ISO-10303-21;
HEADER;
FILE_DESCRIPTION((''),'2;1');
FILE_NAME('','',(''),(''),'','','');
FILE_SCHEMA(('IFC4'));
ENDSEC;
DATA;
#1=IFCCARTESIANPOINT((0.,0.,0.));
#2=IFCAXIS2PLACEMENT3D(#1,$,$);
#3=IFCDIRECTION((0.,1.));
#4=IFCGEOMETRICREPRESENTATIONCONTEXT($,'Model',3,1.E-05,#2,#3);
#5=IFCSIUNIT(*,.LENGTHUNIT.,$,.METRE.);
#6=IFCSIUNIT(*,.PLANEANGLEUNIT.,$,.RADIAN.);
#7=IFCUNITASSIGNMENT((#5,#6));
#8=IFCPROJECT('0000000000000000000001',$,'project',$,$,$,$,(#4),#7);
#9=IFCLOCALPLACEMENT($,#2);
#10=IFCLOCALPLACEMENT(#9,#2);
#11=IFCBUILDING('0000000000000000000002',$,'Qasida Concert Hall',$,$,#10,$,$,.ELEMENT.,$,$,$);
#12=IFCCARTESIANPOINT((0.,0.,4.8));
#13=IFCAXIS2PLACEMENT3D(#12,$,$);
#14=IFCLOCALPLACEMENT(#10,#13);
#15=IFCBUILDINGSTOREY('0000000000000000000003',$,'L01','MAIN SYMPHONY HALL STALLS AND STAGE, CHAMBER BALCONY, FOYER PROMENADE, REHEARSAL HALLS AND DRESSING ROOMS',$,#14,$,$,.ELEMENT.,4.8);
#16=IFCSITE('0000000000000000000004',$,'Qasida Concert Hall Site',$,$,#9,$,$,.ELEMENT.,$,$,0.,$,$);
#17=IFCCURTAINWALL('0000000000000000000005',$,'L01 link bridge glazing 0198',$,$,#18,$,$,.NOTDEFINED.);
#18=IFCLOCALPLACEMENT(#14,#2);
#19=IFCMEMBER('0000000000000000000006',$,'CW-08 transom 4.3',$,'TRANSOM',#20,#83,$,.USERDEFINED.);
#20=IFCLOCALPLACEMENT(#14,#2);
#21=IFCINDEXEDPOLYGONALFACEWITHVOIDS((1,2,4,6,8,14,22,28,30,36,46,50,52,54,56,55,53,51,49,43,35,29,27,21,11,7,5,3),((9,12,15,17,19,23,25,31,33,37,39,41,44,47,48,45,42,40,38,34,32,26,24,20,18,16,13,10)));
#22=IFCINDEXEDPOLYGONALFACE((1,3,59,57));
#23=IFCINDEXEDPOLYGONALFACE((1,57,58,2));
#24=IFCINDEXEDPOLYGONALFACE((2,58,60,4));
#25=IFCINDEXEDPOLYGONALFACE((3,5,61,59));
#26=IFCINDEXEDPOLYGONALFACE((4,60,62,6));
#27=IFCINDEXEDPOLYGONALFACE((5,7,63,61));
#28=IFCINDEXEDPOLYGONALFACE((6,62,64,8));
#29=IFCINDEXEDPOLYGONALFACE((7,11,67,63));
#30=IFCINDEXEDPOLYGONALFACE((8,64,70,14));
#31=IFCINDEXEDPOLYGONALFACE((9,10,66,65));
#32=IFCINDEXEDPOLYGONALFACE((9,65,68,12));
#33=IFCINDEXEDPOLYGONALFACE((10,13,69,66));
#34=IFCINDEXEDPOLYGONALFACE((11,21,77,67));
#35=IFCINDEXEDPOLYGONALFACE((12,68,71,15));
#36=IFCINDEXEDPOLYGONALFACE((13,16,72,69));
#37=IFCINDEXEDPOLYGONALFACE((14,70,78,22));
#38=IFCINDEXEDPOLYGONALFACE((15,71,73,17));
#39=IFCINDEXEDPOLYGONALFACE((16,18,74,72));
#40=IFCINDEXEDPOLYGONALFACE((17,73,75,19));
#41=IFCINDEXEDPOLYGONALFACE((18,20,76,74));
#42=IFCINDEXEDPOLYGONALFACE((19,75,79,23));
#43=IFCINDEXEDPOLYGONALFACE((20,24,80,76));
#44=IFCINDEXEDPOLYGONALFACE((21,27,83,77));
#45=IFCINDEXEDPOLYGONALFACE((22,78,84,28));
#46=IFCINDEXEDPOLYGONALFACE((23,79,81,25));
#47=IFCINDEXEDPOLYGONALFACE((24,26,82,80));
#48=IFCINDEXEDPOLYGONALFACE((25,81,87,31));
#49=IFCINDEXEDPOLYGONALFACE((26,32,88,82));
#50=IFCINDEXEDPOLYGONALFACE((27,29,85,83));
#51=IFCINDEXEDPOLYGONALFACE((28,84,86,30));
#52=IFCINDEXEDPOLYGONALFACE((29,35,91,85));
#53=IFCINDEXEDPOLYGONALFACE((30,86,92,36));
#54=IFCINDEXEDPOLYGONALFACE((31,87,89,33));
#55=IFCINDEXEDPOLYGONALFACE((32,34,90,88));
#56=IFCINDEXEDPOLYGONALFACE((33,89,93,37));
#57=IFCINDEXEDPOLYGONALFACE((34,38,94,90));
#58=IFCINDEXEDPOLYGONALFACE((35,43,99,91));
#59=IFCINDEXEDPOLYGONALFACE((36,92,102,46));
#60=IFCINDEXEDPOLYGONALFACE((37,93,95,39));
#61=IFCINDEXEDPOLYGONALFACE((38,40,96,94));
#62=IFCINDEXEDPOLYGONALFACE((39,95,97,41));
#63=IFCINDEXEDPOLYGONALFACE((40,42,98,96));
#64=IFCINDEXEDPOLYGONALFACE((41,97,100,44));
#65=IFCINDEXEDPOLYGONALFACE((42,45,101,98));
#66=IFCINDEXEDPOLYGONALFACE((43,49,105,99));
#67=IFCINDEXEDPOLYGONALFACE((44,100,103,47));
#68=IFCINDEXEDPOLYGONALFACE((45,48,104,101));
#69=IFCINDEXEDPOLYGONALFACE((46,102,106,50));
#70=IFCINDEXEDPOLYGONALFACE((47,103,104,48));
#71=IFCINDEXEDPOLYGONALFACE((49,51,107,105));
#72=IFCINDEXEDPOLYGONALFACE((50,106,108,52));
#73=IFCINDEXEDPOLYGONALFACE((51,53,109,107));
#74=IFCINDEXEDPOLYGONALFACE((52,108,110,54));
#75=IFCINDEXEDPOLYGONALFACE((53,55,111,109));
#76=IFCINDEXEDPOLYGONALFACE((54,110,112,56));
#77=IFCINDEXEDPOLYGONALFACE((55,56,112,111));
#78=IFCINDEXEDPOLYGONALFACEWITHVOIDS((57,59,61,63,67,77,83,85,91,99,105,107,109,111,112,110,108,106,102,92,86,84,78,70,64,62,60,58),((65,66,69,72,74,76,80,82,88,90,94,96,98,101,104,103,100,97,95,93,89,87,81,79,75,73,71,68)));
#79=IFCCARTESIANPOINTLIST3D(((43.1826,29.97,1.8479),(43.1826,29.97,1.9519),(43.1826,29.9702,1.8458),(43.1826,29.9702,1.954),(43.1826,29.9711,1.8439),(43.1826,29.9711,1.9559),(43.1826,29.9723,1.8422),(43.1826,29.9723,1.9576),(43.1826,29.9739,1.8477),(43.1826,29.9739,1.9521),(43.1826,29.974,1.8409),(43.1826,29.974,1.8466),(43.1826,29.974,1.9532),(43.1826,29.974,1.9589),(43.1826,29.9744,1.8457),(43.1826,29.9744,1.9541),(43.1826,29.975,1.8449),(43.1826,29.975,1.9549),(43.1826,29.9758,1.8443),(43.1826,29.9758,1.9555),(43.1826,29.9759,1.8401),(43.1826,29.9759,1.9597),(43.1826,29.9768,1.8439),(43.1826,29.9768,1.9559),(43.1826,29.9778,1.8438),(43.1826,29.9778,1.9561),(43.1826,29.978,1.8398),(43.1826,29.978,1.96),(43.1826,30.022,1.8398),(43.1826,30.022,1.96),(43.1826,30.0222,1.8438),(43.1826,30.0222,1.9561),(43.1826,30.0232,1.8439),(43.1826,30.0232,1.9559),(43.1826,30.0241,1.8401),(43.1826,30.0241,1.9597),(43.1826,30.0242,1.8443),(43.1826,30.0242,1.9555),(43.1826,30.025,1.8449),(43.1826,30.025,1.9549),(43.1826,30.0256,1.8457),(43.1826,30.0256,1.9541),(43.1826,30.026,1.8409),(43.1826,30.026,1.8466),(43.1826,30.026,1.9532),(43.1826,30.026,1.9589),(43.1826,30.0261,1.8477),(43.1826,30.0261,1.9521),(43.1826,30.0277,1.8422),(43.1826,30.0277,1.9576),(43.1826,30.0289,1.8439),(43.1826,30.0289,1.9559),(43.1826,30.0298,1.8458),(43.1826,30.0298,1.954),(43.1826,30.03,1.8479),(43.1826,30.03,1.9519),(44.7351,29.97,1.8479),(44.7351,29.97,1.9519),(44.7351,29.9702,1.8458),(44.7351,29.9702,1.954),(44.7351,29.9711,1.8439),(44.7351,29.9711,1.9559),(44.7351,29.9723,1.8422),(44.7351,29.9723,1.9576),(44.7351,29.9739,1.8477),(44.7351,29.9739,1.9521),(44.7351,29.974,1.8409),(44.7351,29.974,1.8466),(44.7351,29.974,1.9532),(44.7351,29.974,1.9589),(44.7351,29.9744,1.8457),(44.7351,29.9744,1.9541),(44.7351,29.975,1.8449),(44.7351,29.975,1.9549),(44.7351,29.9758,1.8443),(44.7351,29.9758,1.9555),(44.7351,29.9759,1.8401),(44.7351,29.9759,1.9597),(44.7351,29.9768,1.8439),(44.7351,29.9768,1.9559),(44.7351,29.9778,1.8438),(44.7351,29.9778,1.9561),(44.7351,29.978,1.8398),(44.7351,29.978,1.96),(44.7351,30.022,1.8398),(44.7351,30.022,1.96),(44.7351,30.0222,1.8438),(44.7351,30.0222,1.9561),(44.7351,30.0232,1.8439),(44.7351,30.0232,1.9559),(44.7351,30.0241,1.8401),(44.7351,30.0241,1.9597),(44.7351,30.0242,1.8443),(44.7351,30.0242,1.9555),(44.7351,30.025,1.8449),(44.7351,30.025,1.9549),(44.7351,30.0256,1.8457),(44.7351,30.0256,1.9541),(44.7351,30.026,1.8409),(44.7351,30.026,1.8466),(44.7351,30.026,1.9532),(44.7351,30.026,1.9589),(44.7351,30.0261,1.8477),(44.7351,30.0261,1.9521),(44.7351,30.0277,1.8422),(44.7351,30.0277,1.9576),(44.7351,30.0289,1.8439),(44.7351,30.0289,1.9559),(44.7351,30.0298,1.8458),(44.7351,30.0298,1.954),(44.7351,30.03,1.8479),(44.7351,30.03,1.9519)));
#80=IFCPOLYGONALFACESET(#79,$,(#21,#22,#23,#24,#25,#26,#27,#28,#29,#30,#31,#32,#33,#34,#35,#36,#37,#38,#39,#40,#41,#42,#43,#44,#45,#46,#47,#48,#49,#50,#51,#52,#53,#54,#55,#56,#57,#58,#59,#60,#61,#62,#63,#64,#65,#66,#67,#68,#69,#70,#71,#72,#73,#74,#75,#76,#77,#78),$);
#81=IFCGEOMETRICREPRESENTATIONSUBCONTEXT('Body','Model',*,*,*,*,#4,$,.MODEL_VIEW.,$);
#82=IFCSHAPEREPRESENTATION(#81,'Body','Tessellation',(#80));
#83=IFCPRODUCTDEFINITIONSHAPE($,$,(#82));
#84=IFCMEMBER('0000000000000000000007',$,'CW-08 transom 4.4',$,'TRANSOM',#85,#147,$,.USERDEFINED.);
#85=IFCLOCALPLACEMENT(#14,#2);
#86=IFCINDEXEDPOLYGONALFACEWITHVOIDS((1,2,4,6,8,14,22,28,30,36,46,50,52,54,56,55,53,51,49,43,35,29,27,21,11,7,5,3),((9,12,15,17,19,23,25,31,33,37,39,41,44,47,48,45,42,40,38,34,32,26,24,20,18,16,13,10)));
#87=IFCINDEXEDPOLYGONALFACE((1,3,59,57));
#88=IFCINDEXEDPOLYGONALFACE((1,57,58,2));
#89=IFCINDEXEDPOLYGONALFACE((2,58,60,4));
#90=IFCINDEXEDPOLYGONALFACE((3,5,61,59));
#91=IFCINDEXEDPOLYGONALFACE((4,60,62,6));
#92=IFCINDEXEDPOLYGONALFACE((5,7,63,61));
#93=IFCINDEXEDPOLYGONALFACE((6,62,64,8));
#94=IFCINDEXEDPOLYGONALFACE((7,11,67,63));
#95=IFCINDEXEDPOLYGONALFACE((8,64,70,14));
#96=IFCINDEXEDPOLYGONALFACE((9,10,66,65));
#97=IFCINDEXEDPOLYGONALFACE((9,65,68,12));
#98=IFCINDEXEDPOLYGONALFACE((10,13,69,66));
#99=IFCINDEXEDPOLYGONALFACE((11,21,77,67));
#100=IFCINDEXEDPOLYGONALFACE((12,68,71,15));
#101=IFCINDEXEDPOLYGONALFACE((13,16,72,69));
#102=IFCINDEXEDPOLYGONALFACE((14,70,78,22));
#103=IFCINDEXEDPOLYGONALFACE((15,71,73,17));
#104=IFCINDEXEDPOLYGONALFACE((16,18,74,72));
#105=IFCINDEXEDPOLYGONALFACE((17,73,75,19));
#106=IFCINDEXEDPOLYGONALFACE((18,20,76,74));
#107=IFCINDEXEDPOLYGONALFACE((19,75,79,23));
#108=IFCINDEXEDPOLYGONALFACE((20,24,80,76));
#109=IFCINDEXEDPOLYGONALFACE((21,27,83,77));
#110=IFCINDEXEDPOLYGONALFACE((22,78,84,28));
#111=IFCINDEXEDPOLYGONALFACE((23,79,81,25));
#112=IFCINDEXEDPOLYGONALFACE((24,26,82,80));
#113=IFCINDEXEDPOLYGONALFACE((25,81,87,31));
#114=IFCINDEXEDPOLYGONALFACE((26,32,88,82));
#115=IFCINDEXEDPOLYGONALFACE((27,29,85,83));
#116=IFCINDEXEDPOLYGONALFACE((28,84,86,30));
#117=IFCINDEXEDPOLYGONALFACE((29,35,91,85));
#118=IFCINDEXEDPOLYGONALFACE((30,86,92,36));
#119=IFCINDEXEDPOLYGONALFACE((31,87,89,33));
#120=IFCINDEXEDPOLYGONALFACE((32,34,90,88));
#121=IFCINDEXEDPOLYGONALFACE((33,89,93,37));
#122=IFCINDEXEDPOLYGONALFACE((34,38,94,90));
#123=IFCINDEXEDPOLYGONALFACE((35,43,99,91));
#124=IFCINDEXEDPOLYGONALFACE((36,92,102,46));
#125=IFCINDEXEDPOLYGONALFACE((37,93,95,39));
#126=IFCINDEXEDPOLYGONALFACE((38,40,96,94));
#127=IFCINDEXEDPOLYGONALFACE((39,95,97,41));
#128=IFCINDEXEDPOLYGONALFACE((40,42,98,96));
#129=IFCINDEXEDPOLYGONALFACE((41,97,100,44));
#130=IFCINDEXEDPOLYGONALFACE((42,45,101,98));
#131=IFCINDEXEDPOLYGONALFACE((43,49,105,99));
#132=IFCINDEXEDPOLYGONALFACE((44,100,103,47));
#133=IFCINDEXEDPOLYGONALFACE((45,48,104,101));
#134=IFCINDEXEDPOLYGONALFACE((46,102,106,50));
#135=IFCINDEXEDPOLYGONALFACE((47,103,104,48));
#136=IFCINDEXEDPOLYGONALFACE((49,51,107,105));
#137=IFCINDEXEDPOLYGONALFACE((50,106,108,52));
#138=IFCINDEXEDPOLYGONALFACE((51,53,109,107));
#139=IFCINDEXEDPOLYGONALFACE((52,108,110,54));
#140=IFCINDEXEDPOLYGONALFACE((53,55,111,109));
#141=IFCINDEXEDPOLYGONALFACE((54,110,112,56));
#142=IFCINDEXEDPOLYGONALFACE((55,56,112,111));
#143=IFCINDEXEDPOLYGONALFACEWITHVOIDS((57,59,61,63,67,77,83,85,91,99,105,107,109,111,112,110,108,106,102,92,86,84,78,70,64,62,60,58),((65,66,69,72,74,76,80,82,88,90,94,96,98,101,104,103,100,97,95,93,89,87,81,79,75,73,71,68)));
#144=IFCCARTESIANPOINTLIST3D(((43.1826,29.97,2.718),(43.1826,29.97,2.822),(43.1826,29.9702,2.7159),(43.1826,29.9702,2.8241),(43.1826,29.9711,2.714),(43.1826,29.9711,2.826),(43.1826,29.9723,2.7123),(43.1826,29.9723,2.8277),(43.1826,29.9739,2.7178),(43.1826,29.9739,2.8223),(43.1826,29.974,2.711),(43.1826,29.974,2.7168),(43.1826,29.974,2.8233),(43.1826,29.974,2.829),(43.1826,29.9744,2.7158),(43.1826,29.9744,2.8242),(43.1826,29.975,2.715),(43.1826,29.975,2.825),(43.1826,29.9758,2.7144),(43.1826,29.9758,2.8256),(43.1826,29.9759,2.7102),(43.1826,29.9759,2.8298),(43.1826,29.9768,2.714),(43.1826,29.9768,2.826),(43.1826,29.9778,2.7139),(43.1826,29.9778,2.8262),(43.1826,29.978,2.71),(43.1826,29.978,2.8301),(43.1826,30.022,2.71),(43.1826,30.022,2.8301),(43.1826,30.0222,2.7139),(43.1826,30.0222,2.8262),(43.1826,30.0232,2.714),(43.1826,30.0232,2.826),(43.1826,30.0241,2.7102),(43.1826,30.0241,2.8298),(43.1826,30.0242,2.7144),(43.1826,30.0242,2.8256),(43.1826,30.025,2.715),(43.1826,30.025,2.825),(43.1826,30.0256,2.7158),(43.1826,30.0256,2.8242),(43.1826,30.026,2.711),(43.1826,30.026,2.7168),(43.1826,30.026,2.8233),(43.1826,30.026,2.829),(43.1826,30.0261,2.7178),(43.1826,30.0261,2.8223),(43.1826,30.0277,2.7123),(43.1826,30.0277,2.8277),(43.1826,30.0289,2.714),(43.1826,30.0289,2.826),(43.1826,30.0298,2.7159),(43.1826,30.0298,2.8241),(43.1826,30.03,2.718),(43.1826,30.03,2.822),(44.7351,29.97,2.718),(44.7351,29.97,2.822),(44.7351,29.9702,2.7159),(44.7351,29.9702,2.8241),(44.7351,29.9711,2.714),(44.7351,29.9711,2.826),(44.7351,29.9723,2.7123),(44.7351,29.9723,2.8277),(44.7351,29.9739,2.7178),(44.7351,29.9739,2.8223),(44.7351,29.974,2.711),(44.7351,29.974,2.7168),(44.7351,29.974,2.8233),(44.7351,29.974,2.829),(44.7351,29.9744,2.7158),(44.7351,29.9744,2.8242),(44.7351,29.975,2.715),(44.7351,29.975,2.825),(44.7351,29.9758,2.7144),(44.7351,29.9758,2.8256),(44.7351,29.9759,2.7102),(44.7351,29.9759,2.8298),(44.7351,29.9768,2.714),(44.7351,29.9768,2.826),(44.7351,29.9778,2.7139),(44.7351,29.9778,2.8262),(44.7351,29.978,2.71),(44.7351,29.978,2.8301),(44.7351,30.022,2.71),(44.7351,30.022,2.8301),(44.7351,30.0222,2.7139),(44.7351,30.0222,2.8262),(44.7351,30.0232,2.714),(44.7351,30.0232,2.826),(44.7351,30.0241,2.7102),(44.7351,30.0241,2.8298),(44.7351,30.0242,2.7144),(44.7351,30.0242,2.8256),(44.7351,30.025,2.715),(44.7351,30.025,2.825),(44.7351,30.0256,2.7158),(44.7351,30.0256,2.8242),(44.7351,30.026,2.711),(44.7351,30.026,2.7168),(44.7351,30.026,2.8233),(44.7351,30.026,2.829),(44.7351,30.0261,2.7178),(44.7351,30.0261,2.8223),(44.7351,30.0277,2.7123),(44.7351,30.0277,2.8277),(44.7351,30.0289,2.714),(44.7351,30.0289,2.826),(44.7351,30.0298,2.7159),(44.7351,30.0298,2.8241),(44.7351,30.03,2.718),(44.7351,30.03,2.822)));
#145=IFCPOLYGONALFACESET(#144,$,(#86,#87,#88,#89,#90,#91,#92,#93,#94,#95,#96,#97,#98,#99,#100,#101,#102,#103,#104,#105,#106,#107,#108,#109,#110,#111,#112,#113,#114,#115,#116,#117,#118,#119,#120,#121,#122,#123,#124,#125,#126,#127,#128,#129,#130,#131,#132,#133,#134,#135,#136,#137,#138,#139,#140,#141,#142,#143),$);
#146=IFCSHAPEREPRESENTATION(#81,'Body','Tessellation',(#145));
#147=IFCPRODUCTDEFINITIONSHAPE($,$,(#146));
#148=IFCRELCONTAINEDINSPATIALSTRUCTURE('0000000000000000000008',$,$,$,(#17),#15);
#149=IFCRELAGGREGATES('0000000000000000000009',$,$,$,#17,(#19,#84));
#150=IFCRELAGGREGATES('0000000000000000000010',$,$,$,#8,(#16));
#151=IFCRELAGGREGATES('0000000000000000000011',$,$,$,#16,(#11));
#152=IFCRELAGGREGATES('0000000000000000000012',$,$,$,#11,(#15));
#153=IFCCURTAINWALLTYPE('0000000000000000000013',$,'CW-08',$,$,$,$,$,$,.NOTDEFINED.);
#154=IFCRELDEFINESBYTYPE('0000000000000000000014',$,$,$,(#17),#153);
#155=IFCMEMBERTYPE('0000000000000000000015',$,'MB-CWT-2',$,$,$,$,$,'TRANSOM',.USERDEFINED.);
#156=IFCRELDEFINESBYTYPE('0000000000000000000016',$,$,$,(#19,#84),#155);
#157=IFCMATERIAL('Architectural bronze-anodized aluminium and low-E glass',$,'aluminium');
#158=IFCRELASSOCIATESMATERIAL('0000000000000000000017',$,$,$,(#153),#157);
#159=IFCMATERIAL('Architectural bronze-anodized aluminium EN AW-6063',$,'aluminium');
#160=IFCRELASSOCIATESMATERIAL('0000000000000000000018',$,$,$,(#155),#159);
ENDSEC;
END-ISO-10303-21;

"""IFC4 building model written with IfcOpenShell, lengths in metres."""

from ifc_helpers import new_model, si_unit, direction, frame, origin, origin_2d, place, context, subcontext, project, spatial, hollow_rectangle, extrude, material, material_profile, profile_set, type_object, element, aggregate, save


model = new_model("IFC4")

# Units and contexts
model_context = context("Model", 3, precision=1e-05, world=origin(), true_north=direction((0.0, 1.0)))
body_context = subcontext(model_context, "Body", "Model", "MODEL_VIEW")
ifc_project = project(units=[si_unit("LENGTHUNIT", "METRE"), si_unit("PLANEANGLEUNIT", "RADIAN")], contexts=[model_context])

# Site, building, storey
site_placement = place(None, origin())
site = spatial("IfcSite", under=ifc_project, at=site_placement, Name="Qasida Concert Hall Site", CompositionType="ELEMENT", RefElevation=0.0)
building_placement = place(site_placement, origin())
building = spatial("IfcBuilding", under=site, at=building_placement, Name="Qasida Concert Hall", CompositionType="ELEMENT")
storey_placement = place(building_placement, frame((0.0, 0.0, 4.8)))
storey = spatial("IfcBuildingStorey", under=building, at=storey_placement, Name="L01", Description="MAIN SYMPHONY HALL STALLS AND STAGE, CHAMBER BALCONY, FOYER PROMENADE, REHEARSAL HALLS AND DRESSING ROOMS", CompositionType="ELEMENT", Elevation=4.8)

# Curtain wall
ifc_material_1 = material(Name="Architectural bronze-anodized aluminium and low-E glass", Category="aluminium")
curtain_wall_type = type_object("IfcCurtainWallType", Name="CW-08", PredefinedType="NOTDEFINED", material=ifc_material_1)
curtain_wall_1_placement = place(storey_placement, origin())
curtain_wall_1 = element("IfcCurtainWall", 1, at=curtain_wall_1_placement, inside=storey, type_object=curtain_wall_type, Name="L01 link bridge glazing 0198", PredefinedType="NOTDEFINED")
ifc_material_2 = material(Name="Architectural bronze-anodized aluminium EN AW-6063", Category="aluminium")

# Members
ifc_material_profile_1 = material_profile(ifc_material_2, hollow_rectangle(XDim=0.0601, YDim=0.1201, WallThickness=0.0039, InnerFilletRadius=0.0039, OuterFilletRadius=0.0081, at=origin_2d()), Name="CWT 120x60x4")
ifc_profile_set_1 = profile_set([ifc_material_profile_1], Name="Architectural bronze-anodized aluminium EN AW-6063")
member_type_1 = type_object("IfcMemberType", Name="MB-CWT-2", ElementType="TRANSOM", PredefinedType="USERDEFINED", material=ifc_profile_set_1)
member_1_placement = place(storey_placement, frame((43.1826, 30.0, 1.8999), z_axis=(1.0, 0.0, 0.0), x_axis=(0.0, 1.0, 0.0)))
member_1 = element("IfcMember", 2, at=member_1_placement, type_object=member_type_1, Name="CW-08 transom 4.3", ObjectType="TRANSOM", PredefinedType="USERDEFINED", context=body_context, shape_type="SweptSolid", body=[
    extrude(hollow_rectangle(XDim=0.0601, YDim=0.1201, WallThickness=0.0039, InnerFilletRadius=0.0039, OuterFilletRadius=0.0081, at=origin_2d()), origin(), (0.0, 0.0, 1.0), 1.5525),
])
member_2_placement = place(storey_placement, frame((43.1826, 30.0, 2.77), z_axis=(1.0, 0.0, 0.0), x_axis=(0.0, 1.0, 0.0)))
member_2 = element("IfcMember", 3, at=member_2_placement, type_object=member_type_1, Name="CW-08 transom 4.4", ObjectType="TRANSOM", PredefinedType="USERDEFINED", context=body_context, shape_type="SweptSolid", body=[
    extrude(hollow_rectangle(XDim=0.0601, YDim=0.1201, WallThickness=0.0039, InnerFilletRadius=0.0039, OuterFilletRadius=0.0081, at=origin_2d()), origin(), (0.0, 0.0, 1.0), 1.5525),
])

aggregate(curtain_wall_1, [member_1, member_2])

save(model, "model.ifc")
